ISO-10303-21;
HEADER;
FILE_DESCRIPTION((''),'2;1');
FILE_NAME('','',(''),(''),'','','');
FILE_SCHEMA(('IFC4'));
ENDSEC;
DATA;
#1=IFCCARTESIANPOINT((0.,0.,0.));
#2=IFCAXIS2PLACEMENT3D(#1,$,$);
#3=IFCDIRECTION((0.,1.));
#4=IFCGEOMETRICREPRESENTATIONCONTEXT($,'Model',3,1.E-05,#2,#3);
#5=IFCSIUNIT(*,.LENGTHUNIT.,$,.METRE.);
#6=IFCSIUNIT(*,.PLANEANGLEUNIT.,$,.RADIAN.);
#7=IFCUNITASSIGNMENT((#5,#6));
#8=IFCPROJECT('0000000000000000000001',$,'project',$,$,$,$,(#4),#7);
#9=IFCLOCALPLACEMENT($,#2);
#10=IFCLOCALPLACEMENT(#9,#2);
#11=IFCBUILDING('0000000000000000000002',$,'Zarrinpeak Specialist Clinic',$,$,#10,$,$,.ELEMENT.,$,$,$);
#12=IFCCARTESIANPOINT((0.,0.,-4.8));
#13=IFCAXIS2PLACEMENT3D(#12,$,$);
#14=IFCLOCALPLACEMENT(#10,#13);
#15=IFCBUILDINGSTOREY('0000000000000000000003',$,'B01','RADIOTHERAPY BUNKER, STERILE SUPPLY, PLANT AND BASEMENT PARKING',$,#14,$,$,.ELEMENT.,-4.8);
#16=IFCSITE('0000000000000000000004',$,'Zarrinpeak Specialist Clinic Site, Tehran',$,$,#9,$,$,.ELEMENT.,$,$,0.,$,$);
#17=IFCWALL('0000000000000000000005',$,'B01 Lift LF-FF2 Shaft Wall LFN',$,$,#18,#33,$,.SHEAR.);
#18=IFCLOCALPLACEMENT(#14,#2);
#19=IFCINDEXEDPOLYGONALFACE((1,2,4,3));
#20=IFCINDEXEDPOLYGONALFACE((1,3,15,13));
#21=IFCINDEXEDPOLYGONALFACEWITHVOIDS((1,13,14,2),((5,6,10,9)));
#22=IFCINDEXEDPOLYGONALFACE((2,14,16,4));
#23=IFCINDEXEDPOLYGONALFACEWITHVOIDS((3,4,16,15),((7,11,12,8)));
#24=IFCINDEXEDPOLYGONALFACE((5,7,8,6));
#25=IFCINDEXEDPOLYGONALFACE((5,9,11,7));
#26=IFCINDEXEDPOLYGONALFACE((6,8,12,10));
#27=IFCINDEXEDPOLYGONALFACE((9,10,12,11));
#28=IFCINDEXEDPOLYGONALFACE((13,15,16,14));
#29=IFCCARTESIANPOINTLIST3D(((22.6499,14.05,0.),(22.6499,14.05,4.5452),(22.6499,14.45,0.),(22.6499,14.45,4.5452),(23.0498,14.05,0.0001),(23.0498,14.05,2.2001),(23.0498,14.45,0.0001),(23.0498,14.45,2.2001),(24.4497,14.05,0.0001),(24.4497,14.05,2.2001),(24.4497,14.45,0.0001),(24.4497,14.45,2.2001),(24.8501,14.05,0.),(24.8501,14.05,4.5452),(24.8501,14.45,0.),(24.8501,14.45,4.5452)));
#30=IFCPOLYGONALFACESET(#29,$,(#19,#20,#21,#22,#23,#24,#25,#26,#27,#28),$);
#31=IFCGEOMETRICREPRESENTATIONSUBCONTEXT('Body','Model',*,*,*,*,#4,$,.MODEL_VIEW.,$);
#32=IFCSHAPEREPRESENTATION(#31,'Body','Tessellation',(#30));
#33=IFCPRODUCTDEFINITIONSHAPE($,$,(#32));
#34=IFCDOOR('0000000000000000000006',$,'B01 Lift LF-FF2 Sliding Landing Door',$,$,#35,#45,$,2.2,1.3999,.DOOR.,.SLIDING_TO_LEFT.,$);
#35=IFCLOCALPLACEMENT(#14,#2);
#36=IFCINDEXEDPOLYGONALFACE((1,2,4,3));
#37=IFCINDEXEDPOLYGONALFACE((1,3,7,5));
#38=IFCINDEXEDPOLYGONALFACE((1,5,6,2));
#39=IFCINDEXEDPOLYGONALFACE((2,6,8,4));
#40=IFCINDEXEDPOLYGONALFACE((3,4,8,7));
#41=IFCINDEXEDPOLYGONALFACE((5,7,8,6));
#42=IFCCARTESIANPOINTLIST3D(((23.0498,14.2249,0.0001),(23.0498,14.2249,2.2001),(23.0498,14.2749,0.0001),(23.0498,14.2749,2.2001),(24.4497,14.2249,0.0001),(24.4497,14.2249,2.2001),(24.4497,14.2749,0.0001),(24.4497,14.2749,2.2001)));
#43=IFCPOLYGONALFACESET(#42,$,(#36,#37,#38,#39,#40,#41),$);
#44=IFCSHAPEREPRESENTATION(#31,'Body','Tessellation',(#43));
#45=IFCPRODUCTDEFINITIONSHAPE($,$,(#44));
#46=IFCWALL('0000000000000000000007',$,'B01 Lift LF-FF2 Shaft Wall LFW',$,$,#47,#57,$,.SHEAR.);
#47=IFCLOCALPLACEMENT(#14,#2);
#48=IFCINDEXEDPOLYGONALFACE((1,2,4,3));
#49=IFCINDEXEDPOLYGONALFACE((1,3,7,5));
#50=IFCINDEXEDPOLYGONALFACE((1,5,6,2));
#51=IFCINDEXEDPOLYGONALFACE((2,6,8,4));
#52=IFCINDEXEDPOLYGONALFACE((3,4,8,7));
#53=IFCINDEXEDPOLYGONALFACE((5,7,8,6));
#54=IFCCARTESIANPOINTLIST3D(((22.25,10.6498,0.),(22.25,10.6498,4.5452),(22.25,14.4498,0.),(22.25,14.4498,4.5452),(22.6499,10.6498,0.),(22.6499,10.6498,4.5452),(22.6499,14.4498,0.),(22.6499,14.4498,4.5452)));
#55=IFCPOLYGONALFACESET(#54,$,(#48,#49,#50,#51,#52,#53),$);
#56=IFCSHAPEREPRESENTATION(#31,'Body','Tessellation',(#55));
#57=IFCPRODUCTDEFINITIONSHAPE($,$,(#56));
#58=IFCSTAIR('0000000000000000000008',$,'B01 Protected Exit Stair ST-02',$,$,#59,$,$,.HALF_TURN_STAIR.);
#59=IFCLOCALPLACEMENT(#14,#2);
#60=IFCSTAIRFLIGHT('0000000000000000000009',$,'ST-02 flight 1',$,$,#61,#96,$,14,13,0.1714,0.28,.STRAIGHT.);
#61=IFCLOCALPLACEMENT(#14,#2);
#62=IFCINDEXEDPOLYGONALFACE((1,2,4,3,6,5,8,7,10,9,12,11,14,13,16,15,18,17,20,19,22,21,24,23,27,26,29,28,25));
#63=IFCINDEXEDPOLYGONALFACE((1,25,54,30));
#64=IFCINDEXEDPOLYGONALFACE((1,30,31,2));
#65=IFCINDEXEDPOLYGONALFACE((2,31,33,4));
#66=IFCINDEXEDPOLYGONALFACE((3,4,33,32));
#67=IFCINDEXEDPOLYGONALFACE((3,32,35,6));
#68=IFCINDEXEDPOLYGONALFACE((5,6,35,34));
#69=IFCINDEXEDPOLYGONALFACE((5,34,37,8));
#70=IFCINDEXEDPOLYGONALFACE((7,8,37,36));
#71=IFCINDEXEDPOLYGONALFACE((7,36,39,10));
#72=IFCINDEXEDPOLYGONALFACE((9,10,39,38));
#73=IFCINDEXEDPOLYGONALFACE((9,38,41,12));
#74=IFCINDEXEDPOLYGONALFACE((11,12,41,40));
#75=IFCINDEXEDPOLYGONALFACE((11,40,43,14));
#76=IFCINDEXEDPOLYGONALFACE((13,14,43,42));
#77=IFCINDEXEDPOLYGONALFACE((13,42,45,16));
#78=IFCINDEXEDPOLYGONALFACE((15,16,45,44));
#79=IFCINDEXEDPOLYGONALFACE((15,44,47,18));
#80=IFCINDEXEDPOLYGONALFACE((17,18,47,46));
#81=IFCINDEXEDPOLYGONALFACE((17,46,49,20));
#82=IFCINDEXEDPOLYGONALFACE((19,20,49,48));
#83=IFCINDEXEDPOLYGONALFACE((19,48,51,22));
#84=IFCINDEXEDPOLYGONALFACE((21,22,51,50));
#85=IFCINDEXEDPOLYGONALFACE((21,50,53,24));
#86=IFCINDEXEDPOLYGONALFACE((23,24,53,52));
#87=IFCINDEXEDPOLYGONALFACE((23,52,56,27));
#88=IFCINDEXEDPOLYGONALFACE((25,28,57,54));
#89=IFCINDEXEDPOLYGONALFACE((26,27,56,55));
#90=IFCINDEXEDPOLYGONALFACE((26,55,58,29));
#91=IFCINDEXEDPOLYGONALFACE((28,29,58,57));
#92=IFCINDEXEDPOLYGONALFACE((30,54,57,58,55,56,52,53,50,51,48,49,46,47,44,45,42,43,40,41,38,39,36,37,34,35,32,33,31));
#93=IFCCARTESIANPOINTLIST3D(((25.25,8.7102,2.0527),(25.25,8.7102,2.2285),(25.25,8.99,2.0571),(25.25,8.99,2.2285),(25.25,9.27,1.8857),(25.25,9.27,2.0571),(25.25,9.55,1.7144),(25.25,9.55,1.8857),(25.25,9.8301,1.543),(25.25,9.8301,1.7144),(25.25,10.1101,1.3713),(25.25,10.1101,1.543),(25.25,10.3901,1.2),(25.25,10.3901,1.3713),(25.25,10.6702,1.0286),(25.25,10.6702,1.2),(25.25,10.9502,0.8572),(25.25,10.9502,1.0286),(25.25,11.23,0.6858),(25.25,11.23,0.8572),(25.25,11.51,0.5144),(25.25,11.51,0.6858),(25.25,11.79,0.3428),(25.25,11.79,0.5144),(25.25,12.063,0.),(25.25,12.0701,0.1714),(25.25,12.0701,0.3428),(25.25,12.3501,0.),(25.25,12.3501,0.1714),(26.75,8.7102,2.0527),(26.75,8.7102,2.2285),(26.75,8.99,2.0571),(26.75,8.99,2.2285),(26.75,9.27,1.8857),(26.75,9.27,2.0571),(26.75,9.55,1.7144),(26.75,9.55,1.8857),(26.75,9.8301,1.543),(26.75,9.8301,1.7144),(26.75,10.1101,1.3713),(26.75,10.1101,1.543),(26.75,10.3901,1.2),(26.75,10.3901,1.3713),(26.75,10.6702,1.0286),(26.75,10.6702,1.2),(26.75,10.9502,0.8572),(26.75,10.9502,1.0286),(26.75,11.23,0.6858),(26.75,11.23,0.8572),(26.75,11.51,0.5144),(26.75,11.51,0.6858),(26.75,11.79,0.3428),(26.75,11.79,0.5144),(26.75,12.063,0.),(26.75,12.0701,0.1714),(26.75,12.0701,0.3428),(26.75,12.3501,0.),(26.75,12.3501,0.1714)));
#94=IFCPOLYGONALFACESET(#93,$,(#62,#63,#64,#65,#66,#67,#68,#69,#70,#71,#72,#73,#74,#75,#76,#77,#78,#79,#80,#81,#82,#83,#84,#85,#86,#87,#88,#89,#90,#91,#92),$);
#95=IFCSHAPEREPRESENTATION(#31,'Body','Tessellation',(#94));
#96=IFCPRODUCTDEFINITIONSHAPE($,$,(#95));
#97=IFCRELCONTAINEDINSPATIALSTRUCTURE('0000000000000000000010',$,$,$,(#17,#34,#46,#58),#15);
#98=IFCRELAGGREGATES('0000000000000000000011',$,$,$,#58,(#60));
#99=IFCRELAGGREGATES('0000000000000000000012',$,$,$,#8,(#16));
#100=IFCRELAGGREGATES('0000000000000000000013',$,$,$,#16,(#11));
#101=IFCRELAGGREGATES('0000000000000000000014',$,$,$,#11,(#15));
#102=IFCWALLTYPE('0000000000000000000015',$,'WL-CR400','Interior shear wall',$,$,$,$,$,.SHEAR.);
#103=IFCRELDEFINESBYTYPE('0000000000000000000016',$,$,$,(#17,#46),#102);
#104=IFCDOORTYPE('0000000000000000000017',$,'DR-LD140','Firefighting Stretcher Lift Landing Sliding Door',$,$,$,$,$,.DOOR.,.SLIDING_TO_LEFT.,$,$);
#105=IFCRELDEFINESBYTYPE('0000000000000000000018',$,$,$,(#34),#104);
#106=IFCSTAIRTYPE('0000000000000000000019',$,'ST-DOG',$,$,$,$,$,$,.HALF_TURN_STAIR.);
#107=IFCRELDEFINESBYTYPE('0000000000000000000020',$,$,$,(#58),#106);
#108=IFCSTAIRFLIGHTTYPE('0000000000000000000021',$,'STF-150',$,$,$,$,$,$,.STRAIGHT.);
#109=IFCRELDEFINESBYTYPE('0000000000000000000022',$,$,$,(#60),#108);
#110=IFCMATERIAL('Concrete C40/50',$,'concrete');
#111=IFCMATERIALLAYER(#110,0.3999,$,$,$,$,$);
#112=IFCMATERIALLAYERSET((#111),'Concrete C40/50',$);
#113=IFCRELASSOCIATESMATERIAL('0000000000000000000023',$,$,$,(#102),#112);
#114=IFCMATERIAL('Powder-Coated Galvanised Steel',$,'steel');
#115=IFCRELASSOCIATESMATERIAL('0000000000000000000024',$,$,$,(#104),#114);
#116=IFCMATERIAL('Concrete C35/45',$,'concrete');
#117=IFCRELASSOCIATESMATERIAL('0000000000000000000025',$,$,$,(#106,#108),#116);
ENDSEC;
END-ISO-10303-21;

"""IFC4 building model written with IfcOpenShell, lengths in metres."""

from ifc_helpers import new_model, si_unit, direction, frame, frame_2d, origin, place, context, subcontext, project, spatial, polyline, rectangle, outline, extrude, material, layer, layer_set, type_object, element, fill, aggregate, save


model = new_model("IFC4")

# Units and contexts
model_context = context("Model", 3, precision=1e-05, world=origin(), true_north=direction((0.0, 1.0)))
body_context = subcontext(model_context, "Body", "Model", "MODEL_VIEW")
ifc_project = project(units=[si_unit("LENGTHUNIT", "METRE"), si_unit("PLANEANGLEUNIT", "RADIAN")], contexts=[model_context])

# Site, building, storey
site_placement = place(None, origin())
site = spatial("IfcSite", under=ifc_project, at=site_placement, Name="Zarrinpeak Specialist Clinic Site, Tehran", CompositionType="ELEMENT", RefElevation=0.0)
building_placement = place(site_placement, origin())
building = spatial("IfcBuilding", under=site, at=building_placement, Name="Zarrinpeak Specialist Clinic", CompositionType="ELEMENT")
storey_placement = place(building_placement, frame((0.0, 0.0, -4.8)))
storey = spatial("IfcBuildingStorey", under=building, at=storey_placement, Name="B01", Description="RADIOTHERAPY BUNKER, STERILE SUPPLY, PLANT AND BASEMENT PARKING", CompositionType="ELEMENT", Elevation=-4.8)

# Shared definitions
ifc_material_1 = material(Name="Concrete C40/50", Category="concrete")

# Shared definitions
ifc_layer_1 = layer(ifc_material_1, 0.3999)
ifc_layer_set_1 = layer_set([ifc_layer_1], Name="Concrete C40/50")
wall_type = type_object("IfcWallType", Name="WL-CR400", Description="Interior shear wall", PredefinedType="SHEAR", material=ifc_layer_set_1)
ifc_material_2 = material(Name="Powder-Coated Galvanised Steel", Category="steel")

# Wall, opening, door
wall_1_placement = place(storey_placement, frame((22.6499, 14.25, 0.0), z_axis=(0.0, 0.0, 1.0), x_axis=(1.0, 0.0, 0.0)))
wall_1 = element("IfcWall", 1, at=wall_1_placement, inside=storey, type_object=wall_type, Name="B01 Lift LF-FF2 Shaft Wall LFN", PredefinedType="SHEAR", context=body_context, shape_type="SweptSolid", body=[
    extrude(rectangle(XDim=2.2002, YDim=0.3999, at=frame_2d((1.1001, 0.0))), origin(), (0.0, 0.0, 1.0), 4.5452),
])
opening_1_placement = place(wall_1_placement, frame((0.3999, 0.0, 0.0)))
opening_1 = element("IfcOpeningElement", 2, at=opening_1_placement, cuts=wall_1, PredefinedType="OPENING", context=body_context, shape_type="SweptSolid", body=[
    extrude(rectangle(XDim=1.3999, YDim=2.2, at=frame_2d((0.7, 1.1001))), frame((0.0, 0.21, 0.0), z_axis=(0.0, -1.0, 0.0), x_axis=(1.0, 0.0, 0.0)), (0.0, 0.0, 1.0), 0.4199),
])
door_type_1 = type_object("IfcDoorType", Name="DR-LD140", Description="Firefighting Stretcher Lift Landing Sliding Door", OperationType="SLIDING_TO_LEFT", PredefinedType="DOOR", material=ifc_material_2)
door_1_placement = place(opening_1_placement, origin())
door_1 = element("IfcDoor", 3, at=door_1_placement, inside=storey, type_object=door_type_1, Name="B01 Lift LF-FF2 Sliding Landing Door", OperationType="SLIDING_TO_LEFT", OverallHeight=2.2, OverallWidth=1.3999, PredefinedType="DOOR", context=body_context, shape_type="SweptSolid", body=[
    extrude(rectangle(XDim=1.3999, YDim=2.2, at=frame_2d((0.7, 1.1001))), frame((0.0, 0.0249, 0.0), z_axis=(0.0, -1.0, 0.0), x_axis=(1.0, 0.0, 0.0)), (0.0, 0.0, 1.0), 0.05),
])
fill(opening_1, door_1)

# Wall
wall_2_placement = place(storey_placement, frame((22.45, 10.6499, 0.0), z_axis=(0.0, 0.0, 1.0), x_axis=(0.0, 1.0, 0.0)))
element("IfcWall", 4, at=wall_2_placement, inside=storey, type_object=wall_type, Name="B01 Lift LF-FF2 Shaft Wall LFW", PredefinedType="SHEAR", context=body_context, shape_type="SweptSolid", body=[
    extrude(rectangle(XDim=3.8, YDim=0.3999, at=frame_2d((1.8999, 0.0))), origin(), (0.0, 0.0, 1.0), 4.5452),
])

# Stair, stair flight
ifc_material_3 = material(Name="Concrete C35/45", Category="concrete")
stair_type = type_object("IfcStairType", Name="ST-DOG", PredefinedType="HALF_TURN_STAIR", material=ifc_material_3)
stair_placement = place(storey_placement, origin())
stair = element("IfcStair", 5, at=stair_placement, inside=storey, type_object=stair_type, Name="B01 Protected Exit Stair ST-02", PredefinedType="HALF_TURN_STAIR")
stair_flight_type = type_object("IfcStairFlightType", Name="STF-150", PredefinedType="STRAIGHT", material=ifc_material_3)
stair_flight_placement = place(storey_placement, frame((26.0, 12.3501, 0.0), z_axis=(0.0, 0.0, 1.0), x_axis=(0.0, -1.0, 0.0)))
stair_flight = element("IfcStairFlight", 6, at=stair_flight_placement, type_object=stair_flight_type, Name="ST-02 flight 1", NumberOfRisers=14, NumberOfTreads=13, PredefinedType="STRAIGHT", RiserHeight=0.1714, TreadLength=0.28, context=body_context, shape_type="SweptSolid", body=[
    extrude(outline(polyline([(0.0, 0.0), (0.0, 0.1714), (0.28, 0.1714), (0.28, 0.3428), (0.5601, 0.3428), (0.5601, 0.5144), (0.8401, 0.5144), (0.8401, 0.6858), (1.1201, 0.6858), (1.1201, 0.8572), (1.3999, 0.8572), (1.3999, 1.0286), (1.6799, 1.0286), (1.6799, 1.2), (1.96, 1.2), (1.96, 1.3713), (2.24, 1.3713), (2.24, 1.543), (2.52, 1.543), (2.52, 1.7144), (2.8, 1.7144), (2.8, 1.8857), (3.0801, 1.8857), (3.0801, 2.0571), (3.3601, 2.0571), (3.3601, 2.2285), (3.6399, 2.2285), (3.6399, 2.3999), (3.6399, 2.0527), (0.2871, 0.0), (0.0, 0.0)])), frame((0.0, 0.75, 0.0), z_axis=(0.0, -1.0, 0.0), x_axis=(1.0, 0.0, 0.0)), (0.0, 0.0, 1.0), 1.5),
])
aggregate(stair, [stair_flight])

save(model, "model.ifc")
